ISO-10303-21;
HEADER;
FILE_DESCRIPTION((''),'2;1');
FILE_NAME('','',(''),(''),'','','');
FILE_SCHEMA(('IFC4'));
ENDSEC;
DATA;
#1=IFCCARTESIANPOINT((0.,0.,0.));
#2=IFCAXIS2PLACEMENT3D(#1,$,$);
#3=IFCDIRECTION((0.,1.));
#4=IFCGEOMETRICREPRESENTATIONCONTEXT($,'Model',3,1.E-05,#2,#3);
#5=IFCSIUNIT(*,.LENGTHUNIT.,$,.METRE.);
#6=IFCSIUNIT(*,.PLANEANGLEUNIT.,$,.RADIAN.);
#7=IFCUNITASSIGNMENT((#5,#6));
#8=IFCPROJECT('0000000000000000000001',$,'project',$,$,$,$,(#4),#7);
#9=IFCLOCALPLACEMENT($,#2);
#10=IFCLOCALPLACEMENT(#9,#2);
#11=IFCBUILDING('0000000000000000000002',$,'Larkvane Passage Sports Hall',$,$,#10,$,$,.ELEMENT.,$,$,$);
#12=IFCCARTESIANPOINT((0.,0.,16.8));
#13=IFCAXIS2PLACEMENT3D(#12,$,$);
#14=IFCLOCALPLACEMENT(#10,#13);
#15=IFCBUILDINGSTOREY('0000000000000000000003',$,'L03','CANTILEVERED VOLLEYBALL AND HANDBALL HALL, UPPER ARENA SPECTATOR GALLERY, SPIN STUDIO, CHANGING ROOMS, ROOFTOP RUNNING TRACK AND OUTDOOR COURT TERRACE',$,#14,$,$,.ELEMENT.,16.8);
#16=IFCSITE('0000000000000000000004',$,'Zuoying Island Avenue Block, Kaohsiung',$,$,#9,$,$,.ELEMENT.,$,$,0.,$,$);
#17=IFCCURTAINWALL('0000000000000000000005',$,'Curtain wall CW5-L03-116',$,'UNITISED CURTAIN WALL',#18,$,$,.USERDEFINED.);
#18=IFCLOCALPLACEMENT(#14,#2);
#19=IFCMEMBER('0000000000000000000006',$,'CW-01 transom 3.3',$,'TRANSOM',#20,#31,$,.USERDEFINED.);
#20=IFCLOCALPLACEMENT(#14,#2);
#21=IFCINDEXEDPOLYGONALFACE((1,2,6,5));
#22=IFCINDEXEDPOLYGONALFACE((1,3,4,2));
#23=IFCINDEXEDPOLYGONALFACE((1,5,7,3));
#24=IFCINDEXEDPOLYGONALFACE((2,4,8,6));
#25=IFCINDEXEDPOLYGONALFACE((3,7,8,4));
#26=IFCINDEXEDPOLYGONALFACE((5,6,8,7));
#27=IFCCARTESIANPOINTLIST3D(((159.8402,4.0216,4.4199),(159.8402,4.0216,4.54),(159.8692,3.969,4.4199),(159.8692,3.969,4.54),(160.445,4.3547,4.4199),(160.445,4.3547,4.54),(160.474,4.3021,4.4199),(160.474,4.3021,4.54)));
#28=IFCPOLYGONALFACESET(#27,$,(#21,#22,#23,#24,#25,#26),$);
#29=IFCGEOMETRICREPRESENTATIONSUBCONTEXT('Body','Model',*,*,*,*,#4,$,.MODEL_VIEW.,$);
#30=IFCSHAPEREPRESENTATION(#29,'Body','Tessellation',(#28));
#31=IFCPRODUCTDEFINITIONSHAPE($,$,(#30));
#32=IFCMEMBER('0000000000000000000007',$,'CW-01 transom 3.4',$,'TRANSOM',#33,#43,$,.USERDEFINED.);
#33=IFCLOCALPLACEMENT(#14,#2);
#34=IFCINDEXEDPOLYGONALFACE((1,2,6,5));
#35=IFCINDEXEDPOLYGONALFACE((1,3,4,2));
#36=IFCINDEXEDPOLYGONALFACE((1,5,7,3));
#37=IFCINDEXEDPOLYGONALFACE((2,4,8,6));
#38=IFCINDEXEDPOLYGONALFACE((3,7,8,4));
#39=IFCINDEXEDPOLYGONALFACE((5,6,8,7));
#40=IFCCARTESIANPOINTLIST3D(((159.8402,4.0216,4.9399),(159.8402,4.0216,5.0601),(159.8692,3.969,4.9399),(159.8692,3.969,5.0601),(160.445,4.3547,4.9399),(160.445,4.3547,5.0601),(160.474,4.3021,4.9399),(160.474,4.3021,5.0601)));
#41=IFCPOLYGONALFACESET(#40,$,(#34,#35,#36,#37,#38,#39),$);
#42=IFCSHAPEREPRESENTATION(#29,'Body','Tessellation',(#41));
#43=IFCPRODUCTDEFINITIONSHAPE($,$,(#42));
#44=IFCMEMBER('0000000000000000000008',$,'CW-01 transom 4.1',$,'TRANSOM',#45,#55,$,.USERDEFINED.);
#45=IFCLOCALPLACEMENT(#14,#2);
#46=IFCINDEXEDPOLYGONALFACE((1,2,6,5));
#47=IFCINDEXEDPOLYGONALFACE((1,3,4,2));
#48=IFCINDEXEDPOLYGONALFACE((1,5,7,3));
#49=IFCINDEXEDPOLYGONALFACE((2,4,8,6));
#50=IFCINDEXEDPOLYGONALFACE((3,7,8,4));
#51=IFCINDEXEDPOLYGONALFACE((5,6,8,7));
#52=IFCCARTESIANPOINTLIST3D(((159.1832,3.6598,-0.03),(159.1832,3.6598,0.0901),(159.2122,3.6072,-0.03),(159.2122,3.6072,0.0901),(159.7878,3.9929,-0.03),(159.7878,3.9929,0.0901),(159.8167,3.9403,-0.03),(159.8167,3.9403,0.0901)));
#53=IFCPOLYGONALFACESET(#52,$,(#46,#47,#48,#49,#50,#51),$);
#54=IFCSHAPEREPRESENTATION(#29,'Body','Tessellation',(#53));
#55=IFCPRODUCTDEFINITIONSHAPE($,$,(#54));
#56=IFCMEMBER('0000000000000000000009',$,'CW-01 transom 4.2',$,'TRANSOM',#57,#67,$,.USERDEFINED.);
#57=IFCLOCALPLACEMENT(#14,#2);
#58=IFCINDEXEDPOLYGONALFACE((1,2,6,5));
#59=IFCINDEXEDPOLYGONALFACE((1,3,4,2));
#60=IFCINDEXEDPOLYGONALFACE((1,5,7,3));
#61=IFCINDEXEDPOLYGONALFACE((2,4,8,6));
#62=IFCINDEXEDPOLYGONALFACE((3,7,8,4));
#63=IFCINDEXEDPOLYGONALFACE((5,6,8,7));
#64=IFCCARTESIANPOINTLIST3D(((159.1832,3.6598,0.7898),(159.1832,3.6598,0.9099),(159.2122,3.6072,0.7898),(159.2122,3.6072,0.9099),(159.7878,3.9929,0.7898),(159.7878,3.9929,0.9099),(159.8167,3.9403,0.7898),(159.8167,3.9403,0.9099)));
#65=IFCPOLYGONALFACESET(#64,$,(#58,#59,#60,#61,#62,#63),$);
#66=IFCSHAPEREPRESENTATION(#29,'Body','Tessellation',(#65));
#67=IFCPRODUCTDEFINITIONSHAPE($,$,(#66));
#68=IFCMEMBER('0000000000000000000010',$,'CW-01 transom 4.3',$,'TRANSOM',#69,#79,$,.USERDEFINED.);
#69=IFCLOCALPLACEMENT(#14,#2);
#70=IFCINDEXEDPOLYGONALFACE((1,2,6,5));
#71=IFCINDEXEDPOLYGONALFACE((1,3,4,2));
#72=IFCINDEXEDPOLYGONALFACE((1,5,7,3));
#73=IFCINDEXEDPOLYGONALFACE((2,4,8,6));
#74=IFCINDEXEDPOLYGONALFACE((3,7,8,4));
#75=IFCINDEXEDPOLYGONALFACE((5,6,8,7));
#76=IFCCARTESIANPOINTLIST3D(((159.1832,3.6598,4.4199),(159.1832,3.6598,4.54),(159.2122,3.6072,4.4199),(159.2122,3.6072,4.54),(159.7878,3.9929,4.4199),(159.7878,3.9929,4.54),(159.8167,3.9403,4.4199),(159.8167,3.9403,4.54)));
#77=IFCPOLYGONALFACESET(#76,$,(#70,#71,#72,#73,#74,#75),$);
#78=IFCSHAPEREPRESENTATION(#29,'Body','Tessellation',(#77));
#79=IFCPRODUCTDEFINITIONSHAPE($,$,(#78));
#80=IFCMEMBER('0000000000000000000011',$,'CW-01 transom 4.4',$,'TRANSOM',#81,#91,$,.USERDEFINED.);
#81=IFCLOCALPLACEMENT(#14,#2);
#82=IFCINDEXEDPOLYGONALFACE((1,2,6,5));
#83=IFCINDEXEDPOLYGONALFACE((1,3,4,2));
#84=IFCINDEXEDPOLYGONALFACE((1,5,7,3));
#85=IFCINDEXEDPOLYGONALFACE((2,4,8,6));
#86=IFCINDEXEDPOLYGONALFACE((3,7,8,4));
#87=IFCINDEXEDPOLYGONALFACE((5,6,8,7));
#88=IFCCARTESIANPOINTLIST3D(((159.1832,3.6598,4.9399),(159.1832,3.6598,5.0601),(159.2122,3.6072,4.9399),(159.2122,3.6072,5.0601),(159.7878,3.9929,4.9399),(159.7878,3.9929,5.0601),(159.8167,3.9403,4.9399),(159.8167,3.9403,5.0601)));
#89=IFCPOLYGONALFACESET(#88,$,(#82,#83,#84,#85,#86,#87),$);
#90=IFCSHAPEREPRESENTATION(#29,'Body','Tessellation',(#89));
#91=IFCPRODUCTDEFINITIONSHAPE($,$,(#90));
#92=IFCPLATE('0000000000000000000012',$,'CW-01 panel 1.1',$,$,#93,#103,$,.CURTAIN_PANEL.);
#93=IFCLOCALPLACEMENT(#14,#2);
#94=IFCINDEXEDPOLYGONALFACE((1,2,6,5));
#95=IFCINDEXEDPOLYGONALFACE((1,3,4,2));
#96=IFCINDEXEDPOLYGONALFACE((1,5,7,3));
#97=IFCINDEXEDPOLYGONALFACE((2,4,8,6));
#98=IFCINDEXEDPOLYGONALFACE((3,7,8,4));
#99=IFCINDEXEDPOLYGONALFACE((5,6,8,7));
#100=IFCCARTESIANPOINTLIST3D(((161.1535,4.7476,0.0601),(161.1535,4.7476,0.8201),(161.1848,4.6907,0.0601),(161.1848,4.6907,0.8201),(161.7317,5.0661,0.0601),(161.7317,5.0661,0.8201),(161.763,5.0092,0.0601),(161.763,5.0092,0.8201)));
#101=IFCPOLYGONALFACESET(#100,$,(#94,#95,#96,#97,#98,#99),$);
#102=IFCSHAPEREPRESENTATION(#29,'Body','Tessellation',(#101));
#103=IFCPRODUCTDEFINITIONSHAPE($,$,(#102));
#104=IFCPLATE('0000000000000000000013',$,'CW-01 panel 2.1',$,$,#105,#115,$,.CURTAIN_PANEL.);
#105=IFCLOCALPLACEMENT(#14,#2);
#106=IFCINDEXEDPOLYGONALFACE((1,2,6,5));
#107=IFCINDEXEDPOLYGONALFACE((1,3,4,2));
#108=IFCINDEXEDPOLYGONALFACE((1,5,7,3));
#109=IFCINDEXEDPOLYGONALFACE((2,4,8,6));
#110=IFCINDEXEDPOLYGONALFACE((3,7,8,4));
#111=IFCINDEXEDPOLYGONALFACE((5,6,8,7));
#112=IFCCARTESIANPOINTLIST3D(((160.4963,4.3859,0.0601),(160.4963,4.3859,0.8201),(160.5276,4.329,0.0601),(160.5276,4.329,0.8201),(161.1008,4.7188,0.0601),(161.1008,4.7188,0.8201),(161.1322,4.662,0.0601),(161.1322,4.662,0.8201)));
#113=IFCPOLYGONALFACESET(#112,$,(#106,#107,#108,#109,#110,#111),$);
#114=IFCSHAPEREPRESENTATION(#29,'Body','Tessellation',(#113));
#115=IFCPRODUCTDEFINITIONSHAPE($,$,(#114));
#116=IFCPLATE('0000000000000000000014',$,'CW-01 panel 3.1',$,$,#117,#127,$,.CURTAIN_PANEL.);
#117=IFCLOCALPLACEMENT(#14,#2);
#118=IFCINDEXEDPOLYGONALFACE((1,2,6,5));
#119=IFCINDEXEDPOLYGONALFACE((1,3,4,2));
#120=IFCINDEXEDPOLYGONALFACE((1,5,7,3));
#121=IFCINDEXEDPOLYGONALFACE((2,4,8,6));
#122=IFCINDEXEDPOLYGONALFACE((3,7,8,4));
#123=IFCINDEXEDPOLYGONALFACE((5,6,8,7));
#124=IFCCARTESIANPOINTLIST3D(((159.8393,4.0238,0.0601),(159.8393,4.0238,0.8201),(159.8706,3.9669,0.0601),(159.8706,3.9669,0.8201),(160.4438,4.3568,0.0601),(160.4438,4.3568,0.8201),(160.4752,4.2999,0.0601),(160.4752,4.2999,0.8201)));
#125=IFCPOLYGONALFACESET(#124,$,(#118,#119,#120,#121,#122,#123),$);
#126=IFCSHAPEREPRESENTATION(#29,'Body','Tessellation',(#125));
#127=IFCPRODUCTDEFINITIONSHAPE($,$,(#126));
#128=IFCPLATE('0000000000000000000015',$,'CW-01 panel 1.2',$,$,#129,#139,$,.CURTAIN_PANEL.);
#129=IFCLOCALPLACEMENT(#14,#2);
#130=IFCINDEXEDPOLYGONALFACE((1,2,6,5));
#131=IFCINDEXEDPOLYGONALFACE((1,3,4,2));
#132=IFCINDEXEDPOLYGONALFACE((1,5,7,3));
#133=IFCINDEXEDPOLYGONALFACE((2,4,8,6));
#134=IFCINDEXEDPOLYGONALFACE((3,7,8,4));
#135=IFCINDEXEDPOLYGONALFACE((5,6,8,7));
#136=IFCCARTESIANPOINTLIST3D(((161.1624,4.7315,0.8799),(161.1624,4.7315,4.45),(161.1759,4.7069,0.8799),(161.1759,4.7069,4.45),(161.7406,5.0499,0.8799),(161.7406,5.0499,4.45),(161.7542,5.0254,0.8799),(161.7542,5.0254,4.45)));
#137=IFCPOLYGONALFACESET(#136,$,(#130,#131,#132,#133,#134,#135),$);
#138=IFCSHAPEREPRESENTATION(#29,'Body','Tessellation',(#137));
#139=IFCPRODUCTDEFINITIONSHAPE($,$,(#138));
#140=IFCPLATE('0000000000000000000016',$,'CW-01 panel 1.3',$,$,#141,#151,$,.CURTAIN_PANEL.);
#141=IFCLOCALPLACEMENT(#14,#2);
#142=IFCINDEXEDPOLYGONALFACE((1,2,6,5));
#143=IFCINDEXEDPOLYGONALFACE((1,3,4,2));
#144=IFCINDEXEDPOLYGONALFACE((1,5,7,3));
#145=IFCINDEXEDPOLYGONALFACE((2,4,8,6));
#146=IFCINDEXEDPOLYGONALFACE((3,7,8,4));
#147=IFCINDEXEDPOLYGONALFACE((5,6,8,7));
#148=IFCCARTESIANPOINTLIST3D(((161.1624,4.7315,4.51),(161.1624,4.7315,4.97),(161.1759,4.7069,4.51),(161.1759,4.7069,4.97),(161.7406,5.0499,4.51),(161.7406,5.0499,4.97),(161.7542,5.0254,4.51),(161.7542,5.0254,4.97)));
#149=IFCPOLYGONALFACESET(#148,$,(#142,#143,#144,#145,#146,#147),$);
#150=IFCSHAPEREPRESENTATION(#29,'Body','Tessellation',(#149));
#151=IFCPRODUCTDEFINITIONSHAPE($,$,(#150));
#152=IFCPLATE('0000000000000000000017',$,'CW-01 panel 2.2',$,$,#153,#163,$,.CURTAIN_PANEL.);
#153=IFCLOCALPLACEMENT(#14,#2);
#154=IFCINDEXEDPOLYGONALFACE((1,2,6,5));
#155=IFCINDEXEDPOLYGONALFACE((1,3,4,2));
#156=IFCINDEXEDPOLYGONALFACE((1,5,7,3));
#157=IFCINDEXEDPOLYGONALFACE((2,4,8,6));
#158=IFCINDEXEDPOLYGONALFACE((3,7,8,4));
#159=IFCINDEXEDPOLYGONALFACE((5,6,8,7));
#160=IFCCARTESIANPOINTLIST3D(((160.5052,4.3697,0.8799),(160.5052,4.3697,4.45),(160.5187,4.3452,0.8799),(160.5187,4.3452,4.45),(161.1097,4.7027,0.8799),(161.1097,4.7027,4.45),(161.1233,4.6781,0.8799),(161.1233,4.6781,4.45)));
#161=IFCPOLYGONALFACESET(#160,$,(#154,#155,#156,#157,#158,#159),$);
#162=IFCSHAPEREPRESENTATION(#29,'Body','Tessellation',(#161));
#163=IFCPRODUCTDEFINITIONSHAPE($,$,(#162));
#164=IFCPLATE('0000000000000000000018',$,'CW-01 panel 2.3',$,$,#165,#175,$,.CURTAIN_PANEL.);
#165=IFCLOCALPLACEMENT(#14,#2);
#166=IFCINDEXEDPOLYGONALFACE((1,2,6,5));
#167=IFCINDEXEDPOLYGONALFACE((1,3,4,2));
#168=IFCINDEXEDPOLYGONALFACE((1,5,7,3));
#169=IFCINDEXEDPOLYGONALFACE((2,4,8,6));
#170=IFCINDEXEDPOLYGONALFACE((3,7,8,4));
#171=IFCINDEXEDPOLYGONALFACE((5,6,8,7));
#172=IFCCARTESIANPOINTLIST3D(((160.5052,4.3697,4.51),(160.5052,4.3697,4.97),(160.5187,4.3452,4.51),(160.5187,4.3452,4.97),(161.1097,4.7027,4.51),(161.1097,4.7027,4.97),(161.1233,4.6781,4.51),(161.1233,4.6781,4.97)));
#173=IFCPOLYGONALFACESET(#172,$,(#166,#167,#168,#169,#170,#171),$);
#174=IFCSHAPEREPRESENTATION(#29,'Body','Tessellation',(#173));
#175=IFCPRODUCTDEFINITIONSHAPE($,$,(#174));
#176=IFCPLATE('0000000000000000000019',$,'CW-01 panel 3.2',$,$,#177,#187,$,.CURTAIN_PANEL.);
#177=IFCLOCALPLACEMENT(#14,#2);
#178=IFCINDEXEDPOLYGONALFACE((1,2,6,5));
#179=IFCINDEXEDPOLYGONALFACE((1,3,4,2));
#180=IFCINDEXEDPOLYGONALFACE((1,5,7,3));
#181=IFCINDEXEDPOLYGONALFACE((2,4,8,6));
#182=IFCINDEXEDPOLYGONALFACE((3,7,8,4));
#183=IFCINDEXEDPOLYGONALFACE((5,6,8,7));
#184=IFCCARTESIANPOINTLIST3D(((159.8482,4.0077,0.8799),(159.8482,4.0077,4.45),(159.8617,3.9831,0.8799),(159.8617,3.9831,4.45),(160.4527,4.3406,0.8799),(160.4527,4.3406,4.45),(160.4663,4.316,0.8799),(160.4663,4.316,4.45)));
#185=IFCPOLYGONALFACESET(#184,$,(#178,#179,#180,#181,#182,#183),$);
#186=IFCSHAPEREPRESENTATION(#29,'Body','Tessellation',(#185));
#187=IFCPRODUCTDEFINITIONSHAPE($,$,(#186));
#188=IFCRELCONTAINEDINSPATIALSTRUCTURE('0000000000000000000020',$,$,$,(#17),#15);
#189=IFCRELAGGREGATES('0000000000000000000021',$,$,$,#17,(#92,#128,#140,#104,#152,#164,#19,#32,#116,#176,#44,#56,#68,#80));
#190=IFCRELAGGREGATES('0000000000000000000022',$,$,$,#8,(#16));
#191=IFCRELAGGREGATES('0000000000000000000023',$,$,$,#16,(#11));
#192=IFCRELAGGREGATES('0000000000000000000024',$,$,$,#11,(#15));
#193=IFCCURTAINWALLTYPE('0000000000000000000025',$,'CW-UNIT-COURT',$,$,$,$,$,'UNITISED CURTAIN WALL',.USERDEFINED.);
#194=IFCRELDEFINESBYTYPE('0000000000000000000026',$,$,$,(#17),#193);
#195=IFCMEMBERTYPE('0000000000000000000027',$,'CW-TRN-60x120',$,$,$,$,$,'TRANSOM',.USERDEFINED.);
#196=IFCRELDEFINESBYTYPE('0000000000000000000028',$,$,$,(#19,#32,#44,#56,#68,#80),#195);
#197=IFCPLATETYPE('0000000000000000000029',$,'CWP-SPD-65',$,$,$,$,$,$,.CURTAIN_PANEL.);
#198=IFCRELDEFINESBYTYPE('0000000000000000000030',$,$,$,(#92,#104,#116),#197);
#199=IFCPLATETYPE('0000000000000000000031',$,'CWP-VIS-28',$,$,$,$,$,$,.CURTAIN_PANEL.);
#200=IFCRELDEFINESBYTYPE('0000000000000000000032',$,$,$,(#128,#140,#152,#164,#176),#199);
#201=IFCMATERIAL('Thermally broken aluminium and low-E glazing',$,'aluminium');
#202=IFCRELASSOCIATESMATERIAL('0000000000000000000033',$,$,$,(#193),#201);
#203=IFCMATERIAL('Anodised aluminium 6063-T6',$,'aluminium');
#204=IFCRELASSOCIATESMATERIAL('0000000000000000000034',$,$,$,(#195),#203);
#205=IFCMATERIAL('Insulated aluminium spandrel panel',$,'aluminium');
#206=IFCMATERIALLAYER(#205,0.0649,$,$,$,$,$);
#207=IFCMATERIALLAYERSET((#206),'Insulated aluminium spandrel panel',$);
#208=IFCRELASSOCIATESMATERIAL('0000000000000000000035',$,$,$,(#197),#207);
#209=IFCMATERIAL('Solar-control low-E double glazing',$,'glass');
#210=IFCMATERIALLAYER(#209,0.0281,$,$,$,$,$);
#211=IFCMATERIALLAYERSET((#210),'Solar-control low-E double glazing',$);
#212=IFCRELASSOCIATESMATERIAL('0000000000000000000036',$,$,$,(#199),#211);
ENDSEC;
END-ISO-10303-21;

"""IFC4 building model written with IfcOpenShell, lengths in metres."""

from ifc_helpers import new_model, si_unit, direction, frame, origin, origin_2d, place, context, subcontext, project, spatial, rectangle, extrude, material, layer, layer_set, material_profile, profile_set, type_object, element, aggregate, save


model = new_model("IFC4")

# Units and contexts
model_context = context("Model", 3, precision=1e-05, world=origin(), true_north=direction((0.0, 1.0)))
body_context = subcontext(model_context, "Body", "Model", "MODEL_VIEW")
ifc_project = project(units=[si_unit("LENGTHUNIT", "METRE"), si_unit("PLANEANGLEUNIT", "RADIAN")], contexts=[model_context])

# Site, building, storey
site_placement = place(None, origin())
site = spatial("IfcSite", under=ifc_project, at=site_placement, Name="Zuoying Island Avenue Block, Kaohsiung", CompositionType="ELEMENT", RefElevation=0.0)
building_placement = place(site_placement, origin())
building = spatial("IfcBuilding", under=site, at=building_placement, Name="Larkvane Passage Sports Hall", CompositionType="ELEMENT")
storey_placement = place(building_placement, frame((0.0, 0.0, 16.8)))
storey = spatial("IfcBuildingStorey", under=building, at=storey_placement, Name="L03", Description="CANTILEVERED VOLLEYBALL AND HANDBALL HALL, UPPER ARENA SPECTATOR GALLERY, SPIN STUDIO, CHANGING ROOMS, ROOFTOP RUNNING TRACK AND OUTDOOR COURT TERRACE", CompositionType="ELEMENT", Elevation=16.8)

# Curtain wall, members, plates
ifc_material_1 = material(Name="Thermally broken aluminium and low-E glazing", Category="aluminium")
curtain_wall_type = type_object("IfcCurtainWallType", Name="CW-UNIT-COURT", ElementType="UNITISED CURTAIN WALL", PredefinedType="USERDEFINED", material=ifc_material_1)
curtain_wall_placement = place(storey_placement, origin())
curtain_wall = element("IfcCurtainWall", 1, at=curtain_wall_placement, inside=storey, type_object=curtain_wall_type, Name="Curtain wall CW5-L03-116", ObjectType="UNITISED CURTAIN WALL", PredefinedType="USERDEFINED")
ifc_material_2 = material(Name="Anodised aluminium 6063-T6", Category="aluminium")
ifc_material_profile_1 = material_profile(ifc_material_2, rectangle(XDim=0.0601, YDim=0.1201, at=origin_2d()), Name="ALU-TRN-60x120")
ifc_profile_set_1 = profile_set([ifc_material_profile_1], Name="Anodised aluminium 6063-T6")
member_type_1 = type_object("IfcMemberType", Name="CW-TRN-60x120", ElementType="TRANSOM", PredefinedType="USERDEFINED", material=ifc_profile_set_1)
member_1_placement = place(storey_placement, frame((160.4595, 4.3284, 4.48), z_axis=(-0.875969, -0.482367, 0.0), x_axis=(0.482367, -0.875969, 0.0)))
member_1 = element("IfcMember", 2, at=member_1_placement, type_object=member_type_1, Name="CW-01 transom 3.3", ObjectType="TRANSOM", PredefinedType="USERDEFINED", context=body_context, shape_type="SweptSolid", body=[
    extrude(rectangle(XDim=0.0601, YDim=0.1201, at=origin_2d()), origin(), (0.0, 0.0, 1.0), 0.6904),
])
member_2_placement = place(storey_placement, frame((160.4595, 4.3284, 5.0), z_axis=(-0.875969, -0.482367, 0.0), x_axis=(0.482367, -0.875969, 0.0)))
member_2 = element("IfcMember", 3, at=member_2_placement, type_object=member_type_1, Name="CW-01 transom 3.4", ObjectType="TRANSOM", PredefinedType="USERDEFINED", context=body_context, shape_type="SweptSolid", body=[
    extrude(rectangle(XDim=0.0601, YDim=0.1201, at=origin_2d()), origin(), (0.0, 0.0, 1.0), 0.6904),
])
member_3_placement = place(storey_placement, frame((159.8022, 3.9666, 0.03), z_axis=(-0.875887, -0.482516, 0.0), x_axis=(0.482516, -0.875887, 0.0)))
member_3 = element("IfcMember", 4, at=member_3_placement, type_object=member_type_1, Name="CW-01 transom 4.1", ObjectType="TRANSOM", PredefinedType="USERDEFINED", context=body_context, shape_type="SweptSolid", body=[
    extrude(rectangle(XDim=0.0601, YDim=0.1201, at=origin_2d()), origin(), (0.0, 0.0, 1.0), 0.6902),
])
member_4_placement = place(storey_placement, frame((159.8022, 3.9666, 0.8499), z_axis=(-0.875887, -0.482516, 0.0), x_axis=(0.482516, -0.875887, 0.0)))
member_4 = element("IfcMember", 5, at=member_4_placement, type_object=member_type_1, Name="CW-01 transom 4.2", ObjectType="TRANSOM", PredefinedType="USERDEFINED", context=body_context, shape_type="SweptSolid", body=[
    extrude(rectangle(XDim=0.0601, YDim=0.1201, at=origin_2d()), origin(), (0.0, 0.0, 1.0), 0.6902),
])
member_5_placement = place(storey_placement, frame((159.8022, 3.9666, 4.48), z_axis=(-0.875887, -0.482516, 0.0), x_axis=(0.482516, -0.875887, 0.0)))
member_5 = element("IfcMember", 6, at=member_5_placement, type_object=member_type_1, Name="CW-01 transom 4.3", ObjectType="TRANSOM", PredefinedType="USERDEFINED", context=body_context, shape_type="SweptSolid", body=[
    extrude(rectangle(XDim=0.0601, YDim=0.1201, at=origin_2d()), origin(), (0.0, 0.0, 1.0), 0.6902),
])
member_6_placement = place(storey_placement, frame((159.8022, 3.9666, 5.0), z_axis=(-0.875887, -0.482516, 0.0), x_axis=(0.482516, -0.875887, 0.0)))
member_6 = element("IfcMember", 7, at=member_6_placement, type_object=member_type_1, Name="CW-01 transom 4.4", ObjectType="TRANSOM", PredefinedType="USERDEFINED", context=body_context, shape_type="SweptSolid", body=[
    extrude(rectangle(XDim=0.0601, YDim=0.1201, at=origin_2d()), origin(), (0.0, 0.0, 1.0), 0.6902),
])
ifc_material_3 = material(Name="Insulated aluminium spandrel panel", Category="aluminium")
ifc_layer_1 = layer(ifc_material_3, 0.0649)
ifc_layer_set_1 = layer_set([ifc_layer_1], Name="Insulated aluminium spandrel panel")
plate_type_1 = type_object("IfcPlateType", Name="CWP-SPD-65", PredefinedType="CURTAIN_PANEL", material=ifc_layer_set_1)
plate_1_placement = place(storey_placement, frame((161.4583, 4.8784, 0.0601), z_axis=(0.0, 0.0, 1.0), x_axis=(-0.875942, -0.482416, 0.0)))
plate_1 = element("IfcPlate", 8, at=plate_1_placement, type_object=plate_type_1, Name="CW-01 panel 1.1", PredefinedType="CURTAIN_PANEL", context=body_context, shape_type="SweptSolid", body=[
    extrude(rectangle(XDim=0.6602, YDim=0.0649, at=origin_2d()), origin(), (0.0, 0.0, 1.0), 0.76),
])
plate_2_placement = place(storey_placement, frame((160.8142, 4.5239, 0.0601), z_axis=(0.0, 0.0, 1.0), x_axis=(-0.875942, -0.482416, 0.0)))
plate_2 = element("IfcPlate", 9, at=plate_2_placement, type_object=plate_type_1, Name="CW-01 panel 2.1", PredefinedType="CURTAIN_PANEL", context=body_context, shape_type="SweptSolid", body=[
    extrude(rectangle(XDim=0.6902, YDim=0.0649, at=origin_2d()), origin(), (0.0, 0.0, 1.0), 0.76),
])
plate_3_placement = place(storey_placement, frame((160.1572, 4.1619, 0.0601), z_axis=(0.0, 0.0, 1.0), x_axis=(-0.875942, -0.482416, 0.0)))
plate_3 = element("IfcPlate", 10, at=plate_3_placement, type_object=plate_type_1, Name="CW-01 panel 3.1", PredefinedType="CURTAIN_PANEL", context=body_context, shape_type="SweptSolid", body=[
    extrude(rectangle(XDim=0.6902, YDim=0.0649, at=origin_2d()), origin(), (0.0, 0.0, 1.0), 0.76),
])
ifc_material_4 = material(Name="Solar-control low-E double glazing", Category="glass")
ifc_layer_2 = layer(ifc_material_4, 0.0281)
ifc_layer_set_2 = layer_set([ifc_layer_2], Name="Solar-control low-E double glazing")
plate_type_2 = type_object("IfcPlateType", Name="CWP-VIS-28", PredefinedType="CURTAIN_PANEL", material=ifc_layer_set_2)
plate_4_placement = place(storey_placement, frame((161.4583, 4.8784, 0.8799), z_axis=(0.0, 0.0, 1.0), x_axis=(-0.875942, -0.482416, 0.0)))
plate_4 = element("IfcPlate", 11, at=plate_4_placement, type_object=plate_type_2, Name="CW-01 panel 1.2", PredefinedType="CURTAIN_PANEL", context=body_context, shape_type="SweptSolid", body=[
    extrude(rectangle(XDim=0.6602, YDim=0.0281, at=origin_2d()), origin(), (0.0, 0.0, 1.0), 3.5701),
])
plate_5_placement = place(storey_placement, frame((161.4583, 4.8784, 4.51), z_axis=(0.0, 0.0, 1.0), x_axis=(-0.875942, -0.482416, 0.0)))
plate_5 = element("IfcPlate", 12, at=plate_5_placement, type_object=plate_type_2, Name="CW-01 panel 1.3", PredefinedType="CURTAIN_PANEL", context=body_context, shape_type="SweptSolid", body=[
    extrude(rectangle(XDim=0.6602, YDim=0.0281, at=origin_2d()), origin(), (0.0, 0.0, 1.0), 0.46),
])
plate_6_placement = place(storey_placement, frame((160.8142, 4.5239, 0.8799), z_axis=(0.0, 0.0, 1.0), x_axis=(-0.875942, -0.482416, 0.0)))
plate_6 = element("IfcPlate", 13, at=plate_6_placement, type_object=plate_type_2, Name="CW-01 panel 2.2", PredefinedType="CURTAIN_PANEL", context=body_context, shape_type="SweptSolid", body=[
    extrude(rectangle(XDim=0.6902, YDim=0.0281, at=origin_2d()), origin(), (0.0, 0.0, 1.0), 3.5701),
])
plate_7_placement = place(storey_placement, frame((160.8142, 4.5239, 4.51), z_axis=(0.0, 0.0, 1.0), x_axis=(-0.875942, -0.482416, 0.0)))
plate_7 = element("IfcPlate", 14, at=plate_7_placement, type_object=plate_type_2, Name="CW-01 panel 2.3", PredefinedType="CURTAIN_PANEL", context=body_context, shape_type="SweptSolid", body=[
    extrude(rectangle(XDim=0.6902, YDim=0.0281, at=origin_2d()), origin(), (0.0, 0.0, 1.0), 0.46),
])
plate_8_placement = place(storey_placement, frame((160.1572, 4.1619, 0.8799), z_axis=(0.0, 0.0, 1.0), x_axis=(-0.875942, -0.482416, 0.0)))
plate_8 = element("IfcPlate", 15, at=plate_8_placement, type_object=plate_type_2, Name="CW-01 panel 3.2", PredefinedType="CURTAIN_PANEL", context=body_context, shape_type="SweptSolid", body=[
    extrude(rectangle(XDim=0.6902, YDim=0.0281, at=origin_2d()), origin(), (0.0, 0.0, 1.0), 3.5701),
])
aggregate(curtain_wall, [plate_1, plate_4, plate_5, plate_2, plate_6, plate_7, member_1, member_2, plate_3, plate_8, member_3, member_4, member_5, member_6])

save(model, "model.ifc")
